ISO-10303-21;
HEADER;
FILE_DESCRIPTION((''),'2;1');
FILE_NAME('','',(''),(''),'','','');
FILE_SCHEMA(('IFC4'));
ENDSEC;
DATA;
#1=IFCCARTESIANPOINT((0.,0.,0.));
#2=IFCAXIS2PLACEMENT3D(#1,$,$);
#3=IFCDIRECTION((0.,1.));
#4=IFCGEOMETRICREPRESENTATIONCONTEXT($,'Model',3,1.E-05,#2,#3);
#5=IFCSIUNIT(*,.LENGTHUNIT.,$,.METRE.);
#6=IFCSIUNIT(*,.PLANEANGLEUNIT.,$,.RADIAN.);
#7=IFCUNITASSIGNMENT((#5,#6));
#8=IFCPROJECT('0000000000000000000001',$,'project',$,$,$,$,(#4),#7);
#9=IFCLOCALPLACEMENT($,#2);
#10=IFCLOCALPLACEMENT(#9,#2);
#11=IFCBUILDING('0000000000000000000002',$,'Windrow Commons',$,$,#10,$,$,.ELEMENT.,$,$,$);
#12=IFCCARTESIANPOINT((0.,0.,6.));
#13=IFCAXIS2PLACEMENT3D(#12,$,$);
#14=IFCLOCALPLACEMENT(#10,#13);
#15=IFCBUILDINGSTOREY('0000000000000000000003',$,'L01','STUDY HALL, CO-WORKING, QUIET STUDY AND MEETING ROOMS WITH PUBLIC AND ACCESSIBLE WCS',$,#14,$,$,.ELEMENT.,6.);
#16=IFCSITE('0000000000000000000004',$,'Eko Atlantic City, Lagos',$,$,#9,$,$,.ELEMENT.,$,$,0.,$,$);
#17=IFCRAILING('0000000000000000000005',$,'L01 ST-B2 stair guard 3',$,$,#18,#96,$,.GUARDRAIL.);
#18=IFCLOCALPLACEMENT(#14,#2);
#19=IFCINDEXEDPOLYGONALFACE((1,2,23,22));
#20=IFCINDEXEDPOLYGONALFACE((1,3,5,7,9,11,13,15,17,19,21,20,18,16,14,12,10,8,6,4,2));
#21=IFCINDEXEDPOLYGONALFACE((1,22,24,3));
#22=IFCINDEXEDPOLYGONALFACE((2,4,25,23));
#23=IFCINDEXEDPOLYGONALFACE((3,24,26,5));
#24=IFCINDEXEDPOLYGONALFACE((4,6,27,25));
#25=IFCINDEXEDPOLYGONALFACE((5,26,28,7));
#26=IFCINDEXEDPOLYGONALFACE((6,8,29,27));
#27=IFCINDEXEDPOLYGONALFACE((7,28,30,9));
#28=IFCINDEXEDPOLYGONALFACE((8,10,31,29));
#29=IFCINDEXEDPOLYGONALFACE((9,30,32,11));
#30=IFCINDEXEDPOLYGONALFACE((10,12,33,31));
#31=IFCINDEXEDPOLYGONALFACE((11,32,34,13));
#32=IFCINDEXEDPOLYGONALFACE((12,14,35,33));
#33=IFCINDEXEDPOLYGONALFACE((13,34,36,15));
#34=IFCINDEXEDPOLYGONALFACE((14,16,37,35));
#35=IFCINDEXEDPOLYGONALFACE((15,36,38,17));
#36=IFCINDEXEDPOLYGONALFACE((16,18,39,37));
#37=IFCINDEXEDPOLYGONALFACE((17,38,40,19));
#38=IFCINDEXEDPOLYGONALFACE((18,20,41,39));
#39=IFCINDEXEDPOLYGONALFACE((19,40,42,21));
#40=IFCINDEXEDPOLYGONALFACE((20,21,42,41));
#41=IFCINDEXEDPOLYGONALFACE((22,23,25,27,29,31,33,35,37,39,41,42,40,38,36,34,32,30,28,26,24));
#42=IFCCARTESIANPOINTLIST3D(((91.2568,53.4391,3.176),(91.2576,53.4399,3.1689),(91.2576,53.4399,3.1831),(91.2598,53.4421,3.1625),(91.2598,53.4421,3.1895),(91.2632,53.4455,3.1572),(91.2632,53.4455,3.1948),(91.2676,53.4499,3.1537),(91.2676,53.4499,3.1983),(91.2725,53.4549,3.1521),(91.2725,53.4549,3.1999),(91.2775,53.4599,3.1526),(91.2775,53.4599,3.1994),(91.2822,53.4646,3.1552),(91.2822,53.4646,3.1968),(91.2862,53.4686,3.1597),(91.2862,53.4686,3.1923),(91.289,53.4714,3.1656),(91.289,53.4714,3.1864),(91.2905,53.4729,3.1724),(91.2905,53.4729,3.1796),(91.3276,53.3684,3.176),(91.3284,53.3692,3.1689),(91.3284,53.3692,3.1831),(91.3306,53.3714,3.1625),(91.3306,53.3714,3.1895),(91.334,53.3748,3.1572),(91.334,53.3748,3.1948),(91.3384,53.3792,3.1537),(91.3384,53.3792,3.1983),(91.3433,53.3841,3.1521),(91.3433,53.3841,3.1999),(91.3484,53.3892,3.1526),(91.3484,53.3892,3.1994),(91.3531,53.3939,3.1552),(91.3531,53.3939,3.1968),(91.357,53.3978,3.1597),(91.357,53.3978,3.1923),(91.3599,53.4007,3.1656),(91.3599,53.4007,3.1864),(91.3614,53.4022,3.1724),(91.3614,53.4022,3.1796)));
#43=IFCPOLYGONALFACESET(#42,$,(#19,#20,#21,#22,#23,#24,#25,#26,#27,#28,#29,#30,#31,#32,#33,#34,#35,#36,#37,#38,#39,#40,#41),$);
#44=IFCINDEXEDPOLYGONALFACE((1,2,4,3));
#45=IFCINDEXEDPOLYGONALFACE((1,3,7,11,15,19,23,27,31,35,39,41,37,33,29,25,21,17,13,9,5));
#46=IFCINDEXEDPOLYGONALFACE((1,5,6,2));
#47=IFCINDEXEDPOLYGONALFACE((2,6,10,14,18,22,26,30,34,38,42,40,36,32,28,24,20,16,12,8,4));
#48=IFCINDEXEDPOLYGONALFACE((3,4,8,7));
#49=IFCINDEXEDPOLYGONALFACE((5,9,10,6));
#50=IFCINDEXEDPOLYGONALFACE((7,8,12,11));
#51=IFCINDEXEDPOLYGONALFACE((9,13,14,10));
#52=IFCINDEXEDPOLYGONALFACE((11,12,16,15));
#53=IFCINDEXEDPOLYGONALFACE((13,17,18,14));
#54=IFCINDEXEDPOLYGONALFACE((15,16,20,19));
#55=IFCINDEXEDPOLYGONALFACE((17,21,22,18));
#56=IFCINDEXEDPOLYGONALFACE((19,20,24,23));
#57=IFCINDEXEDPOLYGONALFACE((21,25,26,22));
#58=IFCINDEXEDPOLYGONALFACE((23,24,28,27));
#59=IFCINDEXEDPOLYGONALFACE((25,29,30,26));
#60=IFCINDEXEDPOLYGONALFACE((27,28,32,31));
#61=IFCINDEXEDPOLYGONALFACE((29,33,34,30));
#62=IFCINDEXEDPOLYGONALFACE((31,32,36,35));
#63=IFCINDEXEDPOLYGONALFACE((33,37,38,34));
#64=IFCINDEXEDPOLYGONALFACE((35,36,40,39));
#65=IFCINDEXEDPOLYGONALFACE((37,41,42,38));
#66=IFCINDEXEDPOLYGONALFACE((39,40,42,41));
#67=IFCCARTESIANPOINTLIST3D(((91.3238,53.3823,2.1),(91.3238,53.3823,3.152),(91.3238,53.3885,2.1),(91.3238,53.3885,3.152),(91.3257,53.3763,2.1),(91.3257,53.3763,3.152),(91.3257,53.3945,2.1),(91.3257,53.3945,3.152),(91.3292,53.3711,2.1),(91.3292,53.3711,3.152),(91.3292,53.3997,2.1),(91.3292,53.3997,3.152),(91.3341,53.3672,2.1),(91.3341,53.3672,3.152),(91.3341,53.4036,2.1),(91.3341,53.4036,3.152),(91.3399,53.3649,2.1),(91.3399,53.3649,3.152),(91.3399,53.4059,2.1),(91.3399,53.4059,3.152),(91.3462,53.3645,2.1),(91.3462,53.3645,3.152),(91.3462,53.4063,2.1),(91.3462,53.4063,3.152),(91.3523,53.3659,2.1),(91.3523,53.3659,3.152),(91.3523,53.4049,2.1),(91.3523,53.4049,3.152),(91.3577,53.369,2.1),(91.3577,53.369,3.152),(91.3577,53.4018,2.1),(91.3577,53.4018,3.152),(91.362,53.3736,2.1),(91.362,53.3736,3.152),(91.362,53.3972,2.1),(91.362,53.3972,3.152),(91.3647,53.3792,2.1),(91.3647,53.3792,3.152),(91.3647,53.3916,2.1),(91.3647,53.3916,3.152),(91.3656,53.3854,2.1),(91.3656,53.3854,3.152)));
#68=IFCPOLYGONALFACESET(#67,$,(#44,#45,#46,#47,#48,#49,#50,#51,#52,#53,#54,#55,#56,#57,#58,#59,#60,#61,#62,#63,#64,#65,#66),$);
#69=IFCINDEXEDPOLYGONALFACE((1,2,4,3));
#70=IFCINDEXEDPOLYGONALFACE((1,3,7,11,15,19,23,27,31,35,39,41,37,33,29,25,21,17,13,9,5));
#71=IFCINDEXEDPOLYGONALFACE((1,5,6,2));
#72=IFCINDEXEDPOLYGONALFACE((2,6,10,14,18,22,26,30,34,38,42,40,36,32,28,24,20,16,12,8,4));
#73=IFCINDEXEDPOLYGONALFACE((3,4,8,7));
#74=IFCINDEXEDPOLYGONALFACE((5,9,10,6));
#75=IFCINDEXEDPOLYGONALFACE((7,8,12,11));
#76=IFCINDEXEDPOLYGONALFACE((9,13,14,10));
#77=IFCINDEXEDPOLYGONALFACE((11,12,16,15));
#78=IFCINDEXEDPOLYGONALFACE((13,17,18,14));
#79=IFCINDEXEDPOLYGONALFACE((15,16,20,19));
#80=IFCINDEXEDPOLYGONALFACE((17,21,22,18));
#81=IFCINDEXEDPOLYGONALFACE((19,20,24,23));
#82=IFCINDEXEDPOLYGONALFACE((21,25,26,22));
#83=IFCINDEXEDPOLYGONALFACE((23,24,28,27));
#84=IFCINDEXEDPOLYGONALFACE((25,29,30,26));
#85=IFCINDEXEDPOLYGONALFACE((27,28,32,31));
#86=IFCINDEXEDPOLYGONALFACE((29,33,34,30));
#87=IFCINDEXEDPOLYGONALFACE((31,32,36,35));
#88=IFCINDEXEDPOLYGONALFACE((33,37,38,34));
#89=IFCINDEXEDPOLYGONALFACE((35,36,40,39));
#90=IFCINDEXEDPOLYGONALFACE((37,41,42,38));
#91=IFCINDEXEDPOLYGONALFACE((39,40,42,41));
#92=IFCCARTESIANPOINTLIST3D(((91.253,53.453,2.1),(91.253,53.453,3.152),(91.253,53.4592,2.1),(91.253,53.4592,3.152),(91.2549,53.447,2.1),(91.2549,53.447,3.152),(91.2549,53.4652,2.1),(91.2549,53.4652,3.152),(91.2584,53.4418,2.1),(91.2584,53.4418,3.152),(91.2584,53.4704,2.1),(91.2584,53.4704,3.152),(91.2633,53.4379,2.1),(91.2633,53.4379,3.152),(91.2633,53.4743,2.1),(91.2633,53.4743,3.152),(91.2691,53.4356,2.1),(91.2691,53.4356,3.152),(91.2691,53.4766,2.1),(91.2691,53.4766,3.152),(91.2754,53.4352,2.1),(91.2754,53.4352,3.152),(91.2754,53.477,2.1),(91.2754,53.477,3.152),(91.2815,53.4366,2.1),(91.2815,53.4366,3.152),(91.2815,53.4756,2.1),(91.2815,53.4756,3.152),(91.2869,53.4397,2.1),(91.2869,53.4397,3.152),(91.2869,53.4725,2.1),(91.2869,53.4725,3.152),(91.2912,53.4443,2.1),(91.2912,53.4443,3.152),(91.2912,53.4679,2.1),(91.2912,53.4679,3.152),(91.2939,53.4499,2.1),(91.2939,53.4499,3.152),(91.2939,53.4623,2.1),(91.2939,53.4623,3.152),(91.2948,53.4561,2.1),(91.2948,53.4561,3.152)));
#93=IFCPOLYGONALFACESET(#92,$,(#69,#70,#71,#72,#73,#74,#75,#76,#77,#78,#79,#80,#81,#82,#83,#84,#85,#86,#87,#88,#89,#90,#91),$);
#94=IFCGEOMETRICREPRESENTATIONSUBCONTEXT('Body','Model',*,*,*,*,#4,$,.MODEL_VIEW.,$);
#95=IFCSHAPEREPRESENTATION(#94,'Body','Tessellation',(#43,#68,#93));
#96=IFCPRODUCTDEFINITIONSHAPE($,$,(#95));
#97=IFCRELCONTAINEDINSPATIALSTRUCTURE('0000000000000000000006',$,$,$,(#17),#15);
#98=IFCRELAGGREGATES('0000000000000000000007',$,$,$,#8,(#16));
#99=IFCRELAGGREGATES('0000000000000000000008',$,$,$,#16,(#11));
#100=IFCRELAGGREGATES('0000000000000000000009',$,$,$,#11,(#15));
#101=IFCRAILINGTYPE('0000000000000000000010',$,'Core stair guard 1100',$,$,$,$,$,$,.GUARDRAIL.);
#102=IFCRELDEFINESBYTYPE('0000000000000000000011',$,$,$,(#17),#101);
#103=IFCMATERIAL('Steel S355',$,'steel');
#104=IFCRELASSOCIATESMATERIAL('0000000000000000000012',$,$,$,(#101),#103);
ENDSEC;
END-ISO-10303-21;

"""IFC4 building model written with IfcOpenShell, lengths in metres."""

from ifc_helpers import new_model, si_unit, direction, frame, origin, origin_2d, place, context, subcontext, project, spatial, circle, extrude, material, type_object, element, save


model = new_model("IFC4")

# Units and contexts
model_context = context("Model", 3, precision=1e-05, world=origin(), true_north=direction((0.0, 1.0)))
body_context = subcontext(model_context, "Body", "Model", "MODEL_VIEW")
ifc_project = project(units=[si_unit("LENGTHUNIT", "METRE"), si_unit("PLANEANGLEUNIT", "RADIAN")], contexts=[model_context])

# Site, building, storey
site_placement = place(None, origin())
site = spatial("IfcSite", under=ifc_project, at=site_placement, Name="Eko Atlantic City, Lagos", CompositionType="ELEMENT", RefElevation=0.0)
building_placement = place(site_placement, origin())
building = spatial("IfcBuilding", under=site, at=building_placement, Name="Windrow Commons", CompositionType="ELEMENT")
storey_placement = place(building_placement, frame((0.0, 0.0, 6.0)))
storey = spatial("IfcBuildingStorey", under=building, at=storey_placement, Name="L01", Description="STUDY HALL, CO-WORKING, QUIET STUDY AND MEETING ROOMS WITH PUBLIC AND ACCESSIBLE WCS", CompositionType="ELEMENT", Elevation=6.0)

# Railing
ifc_material_1 = material(Name="Steel S355", Category="steel")
railing_type_1 = type_object("IfcRailingType", Name="Core stair guard 1100", PredefinedType="GUARDRAIL", material=ifc_material_1)
railing_1_placement = place(storey_placement, frame((91.3446, 53.3854, 2.1)))
element("IfcRailing", 1, at=railing_1_placement, inside=storey, type_object=railing_type_1, Name="L01 ST-B2 stair guard 3", PredefinedType="GUARDRAIL", context=body_context, shape_type="SweptSolid", body=[
    extrude(circle(Radius=0.024, at=origin_2d()), frame((0.0, 0.0, 1.076), z_axis=(-0.707606, 0.706607, 0.0), x_axis=(-0.706607, -0.707606, 0.0)), (0.0, 0.0, 1.0), 0.1001),
    extrude(circle(Radius=0.021, at=origin_2d()), origin(), (0.0, 0.0, 1.0), 1.052),
    extrude(circle(Radius=0.021, at=origin_2d()), frame((-0.0708, 0.0707, 0.0)), (0.0, 0.0, 1.0), 1.052),
])

save(model, "model.ifc")
